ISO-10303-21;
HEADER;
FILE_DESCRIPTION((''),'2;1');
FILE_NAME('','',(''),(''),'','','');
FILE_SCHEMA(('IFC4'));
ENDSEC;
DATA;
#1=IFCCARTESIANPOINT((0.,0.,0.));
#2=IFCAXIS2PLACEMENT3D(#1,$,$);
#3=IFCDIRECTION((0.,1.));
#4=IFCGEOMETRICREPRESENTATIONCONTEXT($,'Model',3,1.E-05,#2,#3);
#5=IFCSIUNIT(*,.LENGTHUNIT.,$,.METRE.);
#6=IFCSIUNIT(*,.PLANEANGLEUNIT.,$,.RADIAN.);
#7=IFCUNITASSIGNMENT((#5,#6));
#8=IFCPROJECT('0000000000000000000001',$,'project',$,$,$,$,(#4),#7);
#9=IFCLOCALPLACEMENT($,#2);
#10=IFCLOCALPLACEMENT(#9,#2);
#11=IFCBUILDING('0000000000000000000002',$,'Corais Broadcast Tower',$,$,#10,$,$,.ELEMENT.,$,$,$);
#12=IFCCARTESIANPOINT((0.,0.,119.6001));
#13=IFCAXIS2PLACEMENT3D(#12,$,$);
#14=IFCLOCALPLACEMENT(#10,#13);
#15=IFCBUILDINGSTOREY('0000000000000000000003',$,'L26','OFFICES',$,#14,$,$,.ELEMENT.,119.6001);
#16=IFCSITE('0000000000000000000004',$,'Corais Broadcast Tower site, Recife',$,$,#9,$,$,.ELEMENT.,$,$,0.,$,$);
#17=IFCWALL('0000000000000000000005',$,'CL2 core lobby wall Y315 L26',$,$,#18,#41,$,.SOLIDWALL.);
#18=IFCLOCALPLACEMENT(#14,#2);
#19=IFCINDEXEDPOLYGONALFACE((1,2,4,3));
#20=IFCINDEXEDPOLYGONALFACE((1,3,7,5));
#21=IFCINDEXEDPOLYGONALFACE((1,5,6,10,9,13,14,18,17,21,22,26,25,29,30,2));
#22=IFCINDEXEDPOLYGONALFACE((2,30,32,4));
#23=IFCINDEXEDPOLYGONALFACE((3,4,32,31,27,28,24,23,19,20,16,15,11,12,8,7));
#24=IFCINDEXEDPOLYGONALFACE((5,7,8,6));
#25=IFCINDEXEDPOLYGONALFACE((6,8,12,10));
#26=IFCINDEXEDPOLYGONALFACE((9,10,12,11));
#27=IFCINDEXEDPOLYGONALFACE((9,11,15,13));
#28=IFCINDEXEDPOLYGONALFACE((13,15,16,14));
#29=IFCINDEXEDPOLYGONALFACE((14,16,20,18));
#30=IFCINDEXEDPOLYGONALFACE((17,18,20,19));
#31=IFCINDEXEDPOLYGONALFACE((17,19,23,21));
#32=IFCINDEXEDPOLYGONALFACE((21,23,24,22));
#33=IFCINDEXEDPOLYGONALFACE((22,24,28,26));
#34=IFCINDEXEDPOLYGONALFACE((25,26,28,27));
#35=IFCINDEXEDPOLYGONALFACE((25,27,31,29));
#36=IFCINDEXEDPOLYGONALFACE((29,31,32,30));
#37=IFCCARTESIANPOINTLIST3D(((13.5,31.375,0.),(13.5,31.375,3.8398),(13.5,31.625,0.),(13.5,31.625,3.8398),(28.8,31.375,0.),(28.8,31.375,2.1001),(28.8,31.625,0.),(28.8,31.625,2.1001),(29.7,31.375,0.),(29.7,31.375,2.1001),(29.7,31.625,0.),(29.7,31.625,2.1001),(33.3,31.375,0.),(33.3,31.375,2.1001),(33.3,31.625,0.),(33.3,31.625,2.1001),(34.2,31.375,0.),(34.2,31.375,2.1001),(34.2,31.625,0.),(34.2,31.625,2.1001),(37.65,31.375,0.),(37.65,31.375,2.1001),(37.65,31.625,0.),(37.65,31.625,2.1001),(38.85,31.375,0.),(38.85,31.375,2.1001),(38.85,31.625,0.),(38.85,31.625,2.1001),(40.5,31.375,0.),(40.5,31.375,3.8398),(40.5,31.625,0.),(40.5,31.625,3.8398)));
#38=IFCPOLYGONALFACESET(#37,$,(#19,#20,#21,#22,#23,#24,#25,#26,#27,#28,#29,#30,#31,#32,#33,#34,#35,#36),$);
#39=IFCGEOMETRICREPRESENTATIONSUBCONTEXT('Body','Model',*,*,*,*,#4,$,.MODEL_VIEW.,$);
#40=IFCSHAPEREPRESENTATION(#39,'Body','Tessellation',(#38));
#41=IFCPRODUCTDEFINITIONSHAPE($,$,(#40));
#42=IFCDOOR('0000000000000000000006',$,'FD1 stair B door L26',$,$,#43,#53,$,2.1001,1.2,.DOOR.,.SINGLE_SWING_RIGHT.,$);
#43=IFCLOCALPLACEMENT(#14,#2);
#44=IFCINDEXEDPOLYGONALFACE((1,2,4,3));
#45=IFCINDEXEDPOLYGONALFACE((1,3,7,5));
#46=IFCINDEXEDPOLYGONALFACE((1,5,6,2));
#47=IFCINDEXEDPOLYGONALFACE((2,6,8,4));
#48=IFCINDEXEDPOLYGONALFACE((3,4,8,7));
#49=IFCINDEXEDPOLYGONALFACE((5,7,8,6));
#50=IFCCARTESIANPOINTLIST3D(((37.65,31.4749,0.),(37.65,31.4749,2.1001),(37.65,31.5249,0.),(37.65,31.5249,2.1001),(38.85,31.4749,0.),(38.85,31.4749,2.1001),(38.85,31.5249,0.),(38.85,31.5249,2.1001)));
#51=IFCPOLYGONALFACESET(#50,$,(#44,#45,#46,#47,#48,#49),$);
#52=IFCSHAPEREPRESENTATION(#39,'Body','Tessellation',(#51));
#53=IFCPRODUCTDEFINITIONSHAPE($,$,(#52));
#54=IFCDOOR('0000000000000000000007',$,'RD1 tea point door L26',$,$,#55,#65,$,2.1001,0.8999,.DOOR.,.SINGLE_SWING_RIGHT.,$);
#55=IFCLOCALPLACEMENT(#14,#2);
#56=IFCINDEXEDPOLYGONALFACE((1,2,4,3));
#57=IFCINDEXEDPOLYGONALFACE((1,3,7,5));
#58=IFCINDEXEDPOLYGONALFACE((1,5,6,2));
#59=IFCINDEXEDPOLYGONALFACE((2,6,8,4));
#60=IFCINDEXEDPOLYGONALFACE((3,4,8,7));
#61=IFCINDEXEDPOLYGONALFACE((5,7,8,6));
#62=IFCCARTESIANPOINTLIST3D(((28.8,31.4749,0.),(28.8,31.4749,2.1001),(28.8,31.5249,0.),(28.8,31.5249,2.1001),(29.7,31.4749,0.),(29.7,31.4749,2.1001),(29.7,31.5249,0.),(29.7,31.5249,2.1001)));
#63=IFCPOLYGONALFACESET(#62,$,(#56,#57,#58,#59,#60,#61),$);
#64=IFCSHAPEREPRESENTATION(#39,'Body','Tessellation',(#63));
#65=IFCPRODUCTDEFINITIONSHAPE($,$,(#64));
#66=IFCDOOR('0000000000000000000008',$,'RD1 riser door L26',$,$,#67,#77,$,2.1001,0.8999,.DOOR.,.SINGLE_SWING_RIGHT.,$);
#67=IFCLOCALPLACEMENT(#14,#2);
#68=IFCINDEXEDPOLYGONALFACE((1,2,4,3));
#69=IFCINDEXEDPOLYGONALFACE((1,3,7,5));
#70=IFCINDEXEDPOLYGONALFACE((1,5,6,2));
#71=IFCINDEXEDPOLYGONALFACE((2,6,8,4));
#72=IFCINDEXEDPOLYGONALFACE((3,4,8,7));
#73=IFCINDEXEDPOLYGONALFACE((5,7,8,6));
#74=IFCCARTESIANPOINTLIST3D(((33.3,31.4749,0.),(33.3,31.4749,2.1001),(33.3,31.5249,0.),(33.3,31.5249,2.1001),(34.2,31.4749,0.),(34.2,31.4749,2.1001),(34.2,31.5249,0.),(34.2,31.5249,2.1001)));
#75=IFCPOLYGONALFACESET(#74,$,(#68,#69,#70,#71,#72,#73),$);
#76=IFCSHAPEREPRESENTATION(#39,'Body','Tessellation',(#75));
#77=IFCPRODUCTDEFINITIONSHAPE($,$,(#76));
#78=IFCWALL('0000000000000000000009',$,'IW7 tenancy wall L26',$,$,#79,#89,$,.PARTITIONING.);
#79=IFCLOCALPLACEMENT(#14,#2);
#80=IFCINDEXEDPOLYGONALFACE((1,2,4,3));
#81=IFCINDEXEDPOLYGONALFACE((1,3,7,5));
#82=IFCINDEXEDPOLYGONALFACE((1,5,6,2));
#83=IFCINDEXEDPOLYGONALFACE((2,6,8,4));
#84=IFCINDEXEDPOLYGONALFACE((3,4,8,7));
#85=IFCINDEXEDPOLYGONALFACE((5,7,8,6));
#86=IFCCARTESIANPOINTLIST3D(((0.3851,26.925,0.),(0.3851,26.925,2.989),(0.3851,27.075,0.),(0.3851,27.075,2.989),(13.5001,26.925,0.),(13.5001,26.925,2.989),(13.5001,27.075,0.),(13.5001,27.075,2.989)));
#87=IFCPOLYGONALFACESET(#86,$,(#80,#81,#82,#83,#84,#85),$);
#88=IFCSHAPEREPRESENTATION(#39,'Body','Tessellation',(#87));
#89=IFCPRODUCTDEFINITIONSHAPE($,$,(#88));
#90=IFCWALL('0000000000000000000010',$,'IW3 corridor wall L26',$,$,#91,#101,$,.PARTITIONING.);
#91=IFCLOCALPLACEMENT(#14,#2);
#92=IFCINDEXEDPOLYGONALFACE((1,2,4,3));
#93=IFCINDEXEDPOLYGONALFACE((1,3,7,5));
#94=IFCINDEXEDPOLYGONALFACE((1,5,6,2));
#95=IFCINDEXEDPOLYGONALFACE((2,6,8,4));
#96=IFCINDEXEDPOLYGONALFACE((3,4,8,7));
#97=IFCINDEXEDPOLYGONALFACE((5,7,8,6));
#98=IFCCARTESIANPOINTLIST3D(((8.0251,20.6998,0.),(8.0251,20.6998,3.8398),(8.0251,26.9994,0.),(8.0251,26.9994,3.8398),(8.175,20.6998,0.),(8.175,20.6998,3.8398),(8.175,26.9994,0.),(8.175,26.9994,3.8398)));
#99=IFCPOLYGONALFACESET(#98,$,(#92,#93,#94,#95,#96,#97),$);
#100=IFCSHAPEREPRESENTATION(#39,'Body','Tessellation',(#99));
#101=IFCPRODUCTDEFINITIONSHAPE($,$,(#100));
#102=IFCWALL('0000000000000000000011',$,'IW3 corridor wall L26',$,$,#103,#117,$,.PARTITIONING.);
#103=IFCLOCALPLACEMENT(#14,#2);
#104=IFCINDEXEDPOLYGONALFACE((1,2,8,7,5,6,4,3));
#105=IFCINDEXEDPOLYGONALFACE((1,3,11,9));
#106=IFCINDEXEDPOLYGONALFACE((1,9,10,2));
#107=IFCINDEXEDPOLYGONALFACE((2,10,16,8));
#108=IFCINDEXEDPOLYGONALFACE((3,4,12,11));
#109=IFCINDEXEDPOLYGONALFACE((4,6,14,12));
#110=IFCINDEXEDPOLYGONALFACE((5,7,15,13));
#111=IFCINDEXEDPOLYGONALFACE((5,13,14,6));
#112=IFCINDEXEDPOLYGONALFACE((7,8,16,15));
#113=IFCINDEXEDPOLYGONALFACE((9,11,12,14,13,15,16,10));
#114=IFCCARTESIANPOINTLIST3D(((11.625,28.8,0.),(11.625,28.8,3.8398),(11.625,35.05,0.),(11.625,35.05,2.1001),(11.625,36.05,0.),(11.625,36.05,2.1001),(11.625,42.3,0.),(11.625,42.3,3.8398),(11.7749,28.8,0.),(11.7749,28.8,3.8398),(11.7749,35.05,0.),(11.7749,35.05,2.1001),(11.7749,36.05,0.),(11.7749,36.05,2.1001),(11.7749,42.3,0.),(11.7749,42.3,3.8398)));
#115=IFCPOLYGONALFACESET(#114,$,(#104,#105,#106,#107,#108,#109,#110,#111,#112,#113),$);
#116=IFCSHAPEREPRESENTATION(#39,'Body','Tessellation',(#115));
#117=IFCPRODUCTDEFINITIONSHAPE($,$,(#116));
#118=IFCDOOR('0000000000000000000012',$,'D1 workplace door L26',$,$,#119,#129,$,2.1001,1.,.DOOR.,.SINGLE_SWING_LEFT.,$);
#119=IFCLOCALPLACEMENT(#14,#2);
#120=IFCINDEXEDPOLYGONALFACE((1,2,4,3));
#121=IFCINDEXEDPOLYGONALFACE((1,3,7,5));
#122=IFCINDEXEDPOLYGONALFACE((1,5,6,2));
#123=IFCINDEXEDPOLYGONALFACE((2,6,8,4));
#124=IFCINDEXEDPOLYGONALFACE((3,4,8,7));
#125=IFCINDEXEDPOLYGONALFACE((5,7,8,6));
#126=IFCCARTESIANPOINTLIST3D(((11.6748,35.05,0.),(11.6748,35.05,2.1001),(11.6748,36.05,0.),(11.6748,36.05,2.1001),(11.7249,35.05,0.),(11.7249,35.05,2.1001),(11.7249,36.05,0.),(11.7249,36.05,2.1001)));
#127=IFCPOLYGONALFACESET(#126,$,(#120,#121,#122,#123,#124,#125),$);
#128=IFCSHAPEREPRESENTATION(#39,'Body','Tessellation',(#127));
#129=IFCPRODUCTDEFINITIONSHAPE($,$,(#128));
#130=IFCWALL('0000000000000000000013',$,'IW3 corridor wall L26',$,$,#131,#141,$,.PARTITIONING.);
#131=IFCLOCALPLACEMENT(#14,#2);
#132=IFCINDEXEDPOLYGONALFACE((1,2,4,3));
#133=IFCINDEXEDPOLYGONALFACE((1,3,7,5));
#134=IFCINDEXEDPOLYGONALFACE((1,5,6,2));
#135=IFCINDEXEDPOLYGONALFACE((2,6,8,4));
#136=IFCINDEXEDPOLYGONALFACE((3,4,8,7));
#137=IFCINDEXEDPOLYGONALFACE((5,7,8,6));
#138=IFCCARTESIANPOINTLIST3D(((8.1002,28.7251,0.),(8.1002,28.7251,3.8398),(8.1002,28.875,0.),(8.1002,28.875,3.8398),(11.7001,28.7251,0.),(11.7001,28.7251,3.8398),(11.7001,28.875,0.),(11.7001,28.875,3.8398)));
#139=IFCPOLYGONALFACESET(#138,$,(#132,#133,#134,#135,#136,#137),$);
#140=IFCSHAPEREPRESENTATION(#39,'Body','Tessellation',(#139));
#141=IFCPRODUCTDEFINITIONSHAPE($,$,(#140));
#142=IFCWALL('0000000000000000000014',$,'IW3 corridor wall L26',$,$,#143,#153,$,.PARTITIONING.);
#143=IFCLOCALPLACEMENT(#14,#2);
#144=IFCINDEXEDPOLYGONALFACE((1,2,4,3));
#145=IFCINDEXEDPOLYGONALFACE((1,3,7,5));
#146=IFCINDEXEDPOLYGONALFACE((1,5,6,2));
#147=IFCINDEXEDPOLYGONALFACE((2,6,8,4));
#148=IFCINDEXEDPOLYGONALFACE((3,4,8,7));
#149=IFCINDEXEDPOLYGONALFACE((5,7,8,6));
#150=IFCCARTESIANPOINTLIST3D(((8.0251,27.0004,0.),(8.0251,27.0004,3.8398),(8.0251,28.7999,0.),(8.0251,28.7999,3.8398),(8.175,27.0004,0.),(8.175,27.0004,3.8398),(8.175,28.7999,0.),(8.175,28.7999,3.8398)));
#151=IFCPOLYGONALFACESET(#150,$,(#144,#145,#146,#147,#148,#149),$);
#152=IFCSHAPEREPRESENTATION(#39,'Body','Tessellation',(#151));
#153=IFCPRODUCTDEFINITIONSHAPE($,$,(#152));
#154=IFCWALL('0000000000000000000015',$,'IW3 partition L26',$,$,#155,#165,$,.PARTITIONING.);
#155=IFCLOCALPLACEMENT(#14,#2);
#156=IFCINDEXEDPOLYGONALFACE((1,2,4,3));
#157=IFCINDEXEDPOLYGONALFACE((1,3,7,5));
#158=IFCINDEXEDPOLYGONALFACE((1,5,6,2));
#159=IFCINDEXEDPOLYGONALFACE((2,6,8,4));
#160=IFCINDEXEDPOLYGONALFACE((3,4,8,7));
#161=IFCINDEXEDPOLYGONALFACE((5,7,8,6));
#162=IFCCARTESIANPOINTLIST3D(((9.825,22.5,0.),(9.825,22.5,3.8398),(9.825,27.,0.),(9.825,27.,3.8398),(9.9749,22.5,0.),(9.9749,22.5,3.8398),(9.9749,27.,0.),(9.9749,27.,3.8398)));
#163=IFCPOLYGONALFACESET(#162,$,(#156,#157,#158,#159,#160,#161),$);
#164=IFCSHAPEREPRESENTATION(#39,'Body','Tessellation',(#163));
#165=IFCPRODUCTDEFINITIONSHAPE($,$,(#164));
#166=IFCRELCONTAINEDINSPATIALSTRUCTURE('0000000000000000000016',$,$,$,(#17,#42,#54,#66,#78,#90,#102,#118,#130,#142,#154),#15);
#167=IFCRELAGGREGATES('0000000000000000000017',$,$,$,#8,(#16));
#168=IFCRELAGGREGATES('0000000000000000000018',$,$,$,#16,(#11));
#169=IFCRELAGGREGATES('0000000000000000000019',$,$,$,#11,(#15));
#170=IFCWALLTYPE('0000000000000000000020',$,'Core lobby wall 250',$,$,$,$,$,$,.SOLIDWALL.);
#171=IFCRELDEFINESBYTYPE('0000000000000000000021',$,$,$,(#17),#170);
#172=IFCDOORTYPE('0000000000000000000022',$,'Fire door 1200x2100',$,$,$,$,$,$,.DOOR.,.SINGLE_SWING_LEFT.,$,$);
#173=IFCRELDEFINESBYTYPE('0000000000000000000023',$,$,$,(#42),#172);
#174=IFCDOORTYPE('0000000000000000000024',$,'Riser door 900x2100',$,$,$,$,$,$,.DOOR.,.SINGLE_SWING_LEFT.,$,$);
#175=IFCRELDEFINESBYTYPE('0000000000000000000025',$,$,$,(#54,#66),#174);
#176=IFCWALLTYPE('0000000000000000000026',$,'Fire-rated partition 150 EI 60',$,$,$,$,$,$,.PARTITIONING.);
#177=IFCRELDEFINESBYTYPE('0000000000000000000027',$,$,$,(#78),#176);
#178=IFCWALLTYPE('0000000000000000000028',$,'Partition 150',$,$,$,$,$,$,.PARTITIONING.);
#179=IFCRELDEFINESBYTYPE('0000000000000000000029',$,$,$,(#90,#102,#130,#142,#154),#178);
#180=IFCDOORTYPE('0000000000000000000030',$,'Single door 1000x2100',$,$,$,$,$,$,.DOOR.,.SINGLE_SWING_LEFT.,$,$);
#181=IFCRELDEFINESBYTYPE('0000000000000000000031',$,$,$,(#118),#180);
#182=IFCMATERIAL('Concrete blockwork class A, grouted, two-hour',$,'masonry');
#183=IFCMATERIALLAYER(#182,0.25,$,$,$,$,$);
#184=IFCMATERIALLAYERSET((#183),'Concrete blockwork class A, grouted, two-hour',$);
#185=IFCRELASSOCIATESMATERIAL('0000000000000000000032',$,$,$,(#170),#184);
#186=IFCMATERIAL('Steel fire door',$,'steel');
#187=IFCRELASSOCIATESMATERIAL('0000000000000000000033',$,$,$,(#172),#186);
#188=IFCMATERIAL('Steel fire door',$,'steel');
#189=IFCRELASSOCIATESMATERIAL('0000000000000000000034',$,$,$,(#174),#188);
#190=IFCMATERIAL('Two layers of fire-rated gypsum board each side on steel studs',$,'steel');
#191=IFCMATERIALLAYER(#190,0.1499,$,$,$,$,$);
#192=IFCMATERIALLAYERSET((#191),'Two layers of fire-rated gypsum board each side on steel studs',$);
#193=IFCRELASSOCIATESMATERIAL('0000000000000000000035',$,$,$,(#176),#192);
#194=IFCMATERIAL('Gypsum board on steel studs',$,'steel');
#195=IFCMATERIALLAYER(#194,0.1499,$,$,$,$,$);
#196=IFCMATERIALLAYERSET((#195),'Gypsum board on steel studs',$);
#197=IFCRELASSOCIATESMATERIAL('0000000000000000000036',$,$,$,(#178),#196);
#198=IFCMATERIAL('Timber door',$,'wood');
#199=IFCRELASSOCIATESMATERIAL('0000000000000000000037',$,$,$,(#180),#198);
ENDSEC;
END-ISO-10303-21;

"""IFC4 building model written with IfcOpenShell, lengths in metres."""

from ifc_helpers import new_model, si_unit, direction, frame, frame_2d, origin, place, context, subcontext, project, spatial, rectangle, extrude, material, layer, layer_set, type_object, element, fill, save


model = new_model("IFC4")

# Units and contexts
model_context = context("Model", 3, precision=1e-05, world=origin(), true_north=direction((0.0, 1.0)))
body_context = subcontext(model_context, "Body", "Model", "MODEL_VIEW")
ifc_project = project(units=[si_unit("LENGTHUNIT", "METRE"), si_unit("PLANEANGLEUNIT", "RADIAN")], contexts=[model_context])

# Site, building, storey
site_placement = place(None, origin())
site = spatial("IfcSite", under=ifc_project, at=site_placement, Name="Corais Broadcast Tower site, Recife", CompositionType="ELEMENT", RefElevation=0.0)
building_placement = place(site_placement, origin())
building = spatial("IfcBuilding", under=site, at=building_placement, Name="Corais Broadcast Tower", CompositionType="ELEMENT")
storey_placement = place(building_placement, frame((0.0, 0.0, 119.6001)))
storey = spatial("IfcBuildingStorey", under=building, at=storey_placement, Name="L26", Description="OFFICES", CompositionType="ELEMENT", Elevation=119.6001)

# Wall, openings, doors
ifc_material_1 = material(Name="Concrete blockwork class A, grouted, two-hour", Category="masonry")
ifc_layer_1 = layer(ifc_material_1, 0.25)
ifc_layer_set_1 = layer_set([ifc_layer_1], Name="Concrete blockwork class A, grouted, two-hour")
wall_type_1 = type_object("IfcWallType", Name="Core lobby wall 250", PredefinedType="SOLIDWALL", material=ifc_layer_set_1)
wall_1_placement = place(storey_placement, frame((13.5, 31.5, 0.0), z_axis=(0.0, 0.0, 1.0), x_axis=(1.0, 0.0, 0.0)))
wall_1 = element("IfcWall", 1, at=wall_1_placement, inside=storey, type_object=wall_type_1, Name="CL2 core lobby wall Y315 L26", PredefinedType="SOLIDWALL", context=body_context, shape_type="SweptSolid", body=[
    extrude(rectangle(XDim=27.0, YDim=0.25, at=frame_2d((13.5, 0.0))), origin(), (0.0, 0.0, 1.0), 3.8398),
])
opening_1_placement = place(wall_1_placement, frame((24.1499, 0.0, 0.0)))
opening_1 = element("IfcOpeningElement", 2, at=opening_1_placement, cuts=wall_1, PredefinedType="OPENING", context=body_context, shape_type="SweptSolid", body=[
    extrude(rectangle(XDim=1.2, YDim=2.1001, at=frame_2d((0.6001, 1.05))), frame((0.0, 0.135, 0.0), z_axis=(0.0, -1.0, 0.0), x_axis=(1.0, 0.0, 0.0)), (0.0, 0.0, 1.0), 0.27),
])
opening_2_placement = place(wall_1_placement, frame((15.3, 0.0, 0.0)))
opening_2 = element("IfcOpeningElement", 3, at=opening_2_placement, cuts=wall_1, PredefinedType="OPENING", context=body_context, shape_type="SweptSolid", body=[
    extrude(rectangle(XDim=0.8999, YDim=2.1001, at=frame_2d((0.45, 1.05))), frame((0.0, 0.135, 0.0), z_axis=(0.0, -1.0, 0.0), x_axis=(1.0, 0.0, 0.0)), (0.0, 0.0, 1.0), 0.27),
])
opening_3_placement = place(wall_1_placement, frame((19.8, 0.0, 0.0)))
opening_3 = element("IfcOpeningElement", 4, at=opening_3_placement, cuts=wall_1, PredefinedType="OPENING", context=body_context, shape_type="SweptSolid", body=[
    extrude(rectangle(XDim=0.8999, YDim=2.1001, at=frame_2d((0.45, 1.05))), frame((0.0, 0.135, 0.0), z_axis=(0.0, -1.0, 0.0), x_axis=(1.0, 0.0, 0.0)), (0.0, 0.0, 1.0), 0.27),
])
ifc_material_2 = material(Name="Steel fire door", Category="steel")
door_type_1 = type_object("IfcDoorType", Name="Fire door 1200x2100", OperationType="SINGLE_SWING_LEFT", PredefinedType="DOOR", material=ifc_material_2)
door_1_placement = place(opening_1_placement, origin())
door_1 = element("IfcDoor", 5, at=door_1_placement, inside=storey, type_object=door_type_1, Name="FD1 stair B door L26", OperationType="SINGLE_SWING_RIGHT", OverallHeight=2.1001, OverallWidth=1.2, PredefinedType="DOOR", context=body_context, shape_type="SweptSolid", body=[
    extrude(rectangle(XDim=1.2, YDim=2.1001, at=frame_2d((0.6001, 1.05))), frame((0.0, 0.0249, 0.0), z_axis=(0.0, -1.0, 0.0), x_axis=(1.0, 0.0, 0.0)), (0.0, 0.0, 1.0), 0.05),
])
fill(opening_1, door_1)
ifc_material_3 = material(Name="Steel fire door", Category="steel")
door_type_2 = type_object("IfcDoorType", Name="Riser door 900x2100", OperationType="SINGLE_SWING_LEFT", PredefinedType="DOOR", material=ifc_material_3)
door_2_placement = place(opening_2_placement, origin())
door_2 = element("IfcDoor", 6, at=door_2_placement, inside=storey, type_object=door_type_2, Name="RD1 tea point door L26", OperationType="SINGLE_SWING_RIGHT", OverallHeight=2.1001, OverallWidth=0.8999, PredefinedType="DOOR", context=body_context, shape_type="SweptSolid", body=[
    extrude(rectangle(XDim=0.8999, YDim=2.1001, at=frame_2d((0.45, 1.05))), frame((0.0, 0.0249, 0.0), z_axis=(0.0, -1.0, 0.0), x_axis=(1.0, 0.0, 0.0)), (0.0, 0.0, 1.0), 0.05),
])
fill(opening_2, door_2)
door_3_placement = place(opening_3_placement, origin())
door_3 = element("IfcDoor", 7, at=door_3_placement, inside=storey, type_object=door_type_2, Name="RD1 riser door L26", OperationType="SINGLE_SWING_RIGHT", OverallHeight=2.1001, OverallWidth=0.8999, PredefinedType="DOOR", context=body_context, shape_type="SweptSolid", body=[
    extrude(rectangle(XDim=0.8999, YDim=2.1001, at=frame_2d((0.45, 1.05))), frame((0.0, 0.0249, 0.0), z_axis=(0.0, -1.0, 0.0), x_axis=(1.0, 0.0, 0.0)), (0.0, 0.0, 1.0), 0.05),
])
fill(opening_3, door_3)

# Walls
ifc_material_4 = material(Name="Two layers of fire-rated gypsum board each side on steel studs", Category="steel")
ifc_layer_2 = layer(ifc_material_4, 0.1499)
ifc_layer_set_2 = layer_set([ifc_layer_2], Name="Two layers of fire-rated gypsum board each side on steel studs")
wall_type_2 = type_object("IfcWallType", Name="Fire-rated partition 150 EI 60", PredefinedType="PARTITIONING", material=ifc_layer_set_2)
wall_2_placement = place(storey_placement, frame((0.385, 27.0, 0.0), z_axis=(0.0, 0.0, 1.0), x_axis=(1.0, 0.0, 0.0)))
element("IfcWall", 8, at=wall_2_placement, inside=storey, type_object=wall_type_2, Name="IW7 tenancy wall L26", PredefinedType="PARTITIONING", context=body_context, shape_type="SweptSolid", body=[
    extrude(rectangle(XDim=13.115, YDim=0.1499, at=frame_2d((6.5576, 0.0))), origin(), (0.0, 0.0, 1.0), 2.989),
])
ifc_material_5 = material(Name="Gypsum board on steel studs", Category="steel")
ifc_layer_3 = layer(ifc_material_5, 0.1499)
ifc_layer_set_3 = layer_set([ifc_layer_3], Name="Gypsum board on steel studs")
wall_type_3 = type_object("IfcWallType", Name="Partition 150", PredefinedType="PARTITIONING", material=ifc_layer_set_3)
wall_3_placement = place(storey_placement, frame((8.1001, 26.9995, 0.0), z_axis=(0.0, 0.0, 1.0), x_axis=(0.0, -1.0, 0.0)))
element("IfcWall", 9, at=wall_3_placement, inside=storey, type_object=wall_type_3, Name="IW3 corridor wall L26", PredefinedType="PARTITIONING", context=body_context, shape_type="SweptSolid", body=[
    extrude(rectangle(XDim=6.2996, YDim=0.1499, at=frame_2d((3.1499, 0.0))), origin(), (0.0, 0.0, 1.0), 3.8398),
])

# Wall, opening, door
wall_4_placement = place(storey_placement, frame((11.7, 42.3, 0.0), z_axis=(0.0, 0.0, 1.0), x_axis=(0.0, -1.0, 0.0)))
wall_4 = element("IfcWall", 10, at=wall_4_placement, inside=storey, type_object=wall_type_3, Name="IW3 corridor wall L26", PredefinedType="PARTITIONING", context=body_context, shape_type="SweptSolid", body=[
    extrude(rectangle(XDim=13.5, YDim=0.1499, at=frame_2d((6.75, 0.0))), origin(), (0.0, 0.0, 1.0), 3.8398),
])
opening_4_placement = place(wall_4_placement, frame((6.25, 0.0, 0.0)))
opening_4 = element("IfcOpeningElement", 11, at=opening_4_placement, cuts=wall_4, PredefinedType="OPENING", context=body_context, shape_type="SweptSolid", body=[
    extrude(rectangle(XDim=1.0, YDim=2.1001, at=frame_2d((0.5, 1.05))), frame((0.0, 0.085, 0.0), z_axis=(0.0, -1.0, 0.0), x_axis=(1.0, 0.0, 0.0)), (0.0, 0.0, 1.0), 0.1699),
])
ifc_material_6 = material(Name="Timber door", Category="wood")
door_type_3 = type_object("IfcDoorType", Name="Single door 1000x2100", OperationType="SINGLE_SWING_LEFT", PredefinedType="DOOR", material=ifc_material_6)
door_4_placement = place(opening_4_placement, origin())
door_4 = element("IfcDoor", 12, at=door_4_placement, inside=storey, type_object=door_type_3, Name="D1 workplace door L26", OperationType="SINGLE_SWING_LEFT", OverallHeight=2.1001, OverallWidth=1.0, PredefinedType="DOOR", context=body_context, shape_type="SweptSolid", body=[
    extrude(rectangle(XDim=1.0, YDim=2.1001, at=frame_2d((0.5, 1.05))), frame((0.0, 0.0249, 0.0), z_axis=(0.0, -1.0, 0.0), x_axis=(1.0, 0.0, 0.0)), (0.0, 0.0, 1.0), 0.05),
])
fill(opening_4, door_4)

# Walls
wall_5_placement = place(storey_placement, frame((11.7, 28.8, 0.0), z_axis=(0.0, 0.0, 1.0), x_axis=(-1.0, 0.0, 0.0)))
element("IfcWall", 13, at=wall_5_placement, inside=storey, type_object=wall_type_3, Name="IW3 corridor wall L26", PredefinedType="PARTITIONING", context=body_context, shape_type="SweptSolid", body=[
    extrude(rectangle(XDim=3.5999, YDim=0.1499, at=frame_2d((1.7998, 0.0))), origin(), (0.0, 0.0, 1.0), 3.8398),
])
wall_6_placement = place(storey_placement, frame((8.1001, 28.8, 0.0), z_axis=(0.0, 0.0, 1.0), x_axis=(0.0, -1.0, 0.0)))
element("IfcWall", 14, at=wall_6_placement, inside=storey, type_object=wall_type_3, Name="IW3 corridor wall L26", PredefinedType="PARTITIONING", context=body_context, shape_type="SweptSolid", body=[
    extrude(rectangle(XDim=1.7996, YDim=0.1499, at=frame_2d((0.8999, 0.0))), origin(), (0.0, 0.0, 1.0), 3.8398),
])
wall_7_placement = place(storey_placement, frame((9.8999, 27.0, 0.0), z_axis=(0.0, 0.0, 1.0), x_axis=(0.0, -1.0, 0.0)))
element("IfcWall", 15, at=wall_7_placement, inside=storey, type_object=wall_type_3, Name="IW3 partition L26", PredefinedType="PARTITIONING", context=body_context, shape_type="SweptSolid", body=[
    extrude(rectangle(XDim=4.5, YDim=0.1499, at=frame_2d((2.25, 0.0))), origin(), (0.0, 0.0, 1.0), 3.8398),
])

save(model, "model.ifc")
